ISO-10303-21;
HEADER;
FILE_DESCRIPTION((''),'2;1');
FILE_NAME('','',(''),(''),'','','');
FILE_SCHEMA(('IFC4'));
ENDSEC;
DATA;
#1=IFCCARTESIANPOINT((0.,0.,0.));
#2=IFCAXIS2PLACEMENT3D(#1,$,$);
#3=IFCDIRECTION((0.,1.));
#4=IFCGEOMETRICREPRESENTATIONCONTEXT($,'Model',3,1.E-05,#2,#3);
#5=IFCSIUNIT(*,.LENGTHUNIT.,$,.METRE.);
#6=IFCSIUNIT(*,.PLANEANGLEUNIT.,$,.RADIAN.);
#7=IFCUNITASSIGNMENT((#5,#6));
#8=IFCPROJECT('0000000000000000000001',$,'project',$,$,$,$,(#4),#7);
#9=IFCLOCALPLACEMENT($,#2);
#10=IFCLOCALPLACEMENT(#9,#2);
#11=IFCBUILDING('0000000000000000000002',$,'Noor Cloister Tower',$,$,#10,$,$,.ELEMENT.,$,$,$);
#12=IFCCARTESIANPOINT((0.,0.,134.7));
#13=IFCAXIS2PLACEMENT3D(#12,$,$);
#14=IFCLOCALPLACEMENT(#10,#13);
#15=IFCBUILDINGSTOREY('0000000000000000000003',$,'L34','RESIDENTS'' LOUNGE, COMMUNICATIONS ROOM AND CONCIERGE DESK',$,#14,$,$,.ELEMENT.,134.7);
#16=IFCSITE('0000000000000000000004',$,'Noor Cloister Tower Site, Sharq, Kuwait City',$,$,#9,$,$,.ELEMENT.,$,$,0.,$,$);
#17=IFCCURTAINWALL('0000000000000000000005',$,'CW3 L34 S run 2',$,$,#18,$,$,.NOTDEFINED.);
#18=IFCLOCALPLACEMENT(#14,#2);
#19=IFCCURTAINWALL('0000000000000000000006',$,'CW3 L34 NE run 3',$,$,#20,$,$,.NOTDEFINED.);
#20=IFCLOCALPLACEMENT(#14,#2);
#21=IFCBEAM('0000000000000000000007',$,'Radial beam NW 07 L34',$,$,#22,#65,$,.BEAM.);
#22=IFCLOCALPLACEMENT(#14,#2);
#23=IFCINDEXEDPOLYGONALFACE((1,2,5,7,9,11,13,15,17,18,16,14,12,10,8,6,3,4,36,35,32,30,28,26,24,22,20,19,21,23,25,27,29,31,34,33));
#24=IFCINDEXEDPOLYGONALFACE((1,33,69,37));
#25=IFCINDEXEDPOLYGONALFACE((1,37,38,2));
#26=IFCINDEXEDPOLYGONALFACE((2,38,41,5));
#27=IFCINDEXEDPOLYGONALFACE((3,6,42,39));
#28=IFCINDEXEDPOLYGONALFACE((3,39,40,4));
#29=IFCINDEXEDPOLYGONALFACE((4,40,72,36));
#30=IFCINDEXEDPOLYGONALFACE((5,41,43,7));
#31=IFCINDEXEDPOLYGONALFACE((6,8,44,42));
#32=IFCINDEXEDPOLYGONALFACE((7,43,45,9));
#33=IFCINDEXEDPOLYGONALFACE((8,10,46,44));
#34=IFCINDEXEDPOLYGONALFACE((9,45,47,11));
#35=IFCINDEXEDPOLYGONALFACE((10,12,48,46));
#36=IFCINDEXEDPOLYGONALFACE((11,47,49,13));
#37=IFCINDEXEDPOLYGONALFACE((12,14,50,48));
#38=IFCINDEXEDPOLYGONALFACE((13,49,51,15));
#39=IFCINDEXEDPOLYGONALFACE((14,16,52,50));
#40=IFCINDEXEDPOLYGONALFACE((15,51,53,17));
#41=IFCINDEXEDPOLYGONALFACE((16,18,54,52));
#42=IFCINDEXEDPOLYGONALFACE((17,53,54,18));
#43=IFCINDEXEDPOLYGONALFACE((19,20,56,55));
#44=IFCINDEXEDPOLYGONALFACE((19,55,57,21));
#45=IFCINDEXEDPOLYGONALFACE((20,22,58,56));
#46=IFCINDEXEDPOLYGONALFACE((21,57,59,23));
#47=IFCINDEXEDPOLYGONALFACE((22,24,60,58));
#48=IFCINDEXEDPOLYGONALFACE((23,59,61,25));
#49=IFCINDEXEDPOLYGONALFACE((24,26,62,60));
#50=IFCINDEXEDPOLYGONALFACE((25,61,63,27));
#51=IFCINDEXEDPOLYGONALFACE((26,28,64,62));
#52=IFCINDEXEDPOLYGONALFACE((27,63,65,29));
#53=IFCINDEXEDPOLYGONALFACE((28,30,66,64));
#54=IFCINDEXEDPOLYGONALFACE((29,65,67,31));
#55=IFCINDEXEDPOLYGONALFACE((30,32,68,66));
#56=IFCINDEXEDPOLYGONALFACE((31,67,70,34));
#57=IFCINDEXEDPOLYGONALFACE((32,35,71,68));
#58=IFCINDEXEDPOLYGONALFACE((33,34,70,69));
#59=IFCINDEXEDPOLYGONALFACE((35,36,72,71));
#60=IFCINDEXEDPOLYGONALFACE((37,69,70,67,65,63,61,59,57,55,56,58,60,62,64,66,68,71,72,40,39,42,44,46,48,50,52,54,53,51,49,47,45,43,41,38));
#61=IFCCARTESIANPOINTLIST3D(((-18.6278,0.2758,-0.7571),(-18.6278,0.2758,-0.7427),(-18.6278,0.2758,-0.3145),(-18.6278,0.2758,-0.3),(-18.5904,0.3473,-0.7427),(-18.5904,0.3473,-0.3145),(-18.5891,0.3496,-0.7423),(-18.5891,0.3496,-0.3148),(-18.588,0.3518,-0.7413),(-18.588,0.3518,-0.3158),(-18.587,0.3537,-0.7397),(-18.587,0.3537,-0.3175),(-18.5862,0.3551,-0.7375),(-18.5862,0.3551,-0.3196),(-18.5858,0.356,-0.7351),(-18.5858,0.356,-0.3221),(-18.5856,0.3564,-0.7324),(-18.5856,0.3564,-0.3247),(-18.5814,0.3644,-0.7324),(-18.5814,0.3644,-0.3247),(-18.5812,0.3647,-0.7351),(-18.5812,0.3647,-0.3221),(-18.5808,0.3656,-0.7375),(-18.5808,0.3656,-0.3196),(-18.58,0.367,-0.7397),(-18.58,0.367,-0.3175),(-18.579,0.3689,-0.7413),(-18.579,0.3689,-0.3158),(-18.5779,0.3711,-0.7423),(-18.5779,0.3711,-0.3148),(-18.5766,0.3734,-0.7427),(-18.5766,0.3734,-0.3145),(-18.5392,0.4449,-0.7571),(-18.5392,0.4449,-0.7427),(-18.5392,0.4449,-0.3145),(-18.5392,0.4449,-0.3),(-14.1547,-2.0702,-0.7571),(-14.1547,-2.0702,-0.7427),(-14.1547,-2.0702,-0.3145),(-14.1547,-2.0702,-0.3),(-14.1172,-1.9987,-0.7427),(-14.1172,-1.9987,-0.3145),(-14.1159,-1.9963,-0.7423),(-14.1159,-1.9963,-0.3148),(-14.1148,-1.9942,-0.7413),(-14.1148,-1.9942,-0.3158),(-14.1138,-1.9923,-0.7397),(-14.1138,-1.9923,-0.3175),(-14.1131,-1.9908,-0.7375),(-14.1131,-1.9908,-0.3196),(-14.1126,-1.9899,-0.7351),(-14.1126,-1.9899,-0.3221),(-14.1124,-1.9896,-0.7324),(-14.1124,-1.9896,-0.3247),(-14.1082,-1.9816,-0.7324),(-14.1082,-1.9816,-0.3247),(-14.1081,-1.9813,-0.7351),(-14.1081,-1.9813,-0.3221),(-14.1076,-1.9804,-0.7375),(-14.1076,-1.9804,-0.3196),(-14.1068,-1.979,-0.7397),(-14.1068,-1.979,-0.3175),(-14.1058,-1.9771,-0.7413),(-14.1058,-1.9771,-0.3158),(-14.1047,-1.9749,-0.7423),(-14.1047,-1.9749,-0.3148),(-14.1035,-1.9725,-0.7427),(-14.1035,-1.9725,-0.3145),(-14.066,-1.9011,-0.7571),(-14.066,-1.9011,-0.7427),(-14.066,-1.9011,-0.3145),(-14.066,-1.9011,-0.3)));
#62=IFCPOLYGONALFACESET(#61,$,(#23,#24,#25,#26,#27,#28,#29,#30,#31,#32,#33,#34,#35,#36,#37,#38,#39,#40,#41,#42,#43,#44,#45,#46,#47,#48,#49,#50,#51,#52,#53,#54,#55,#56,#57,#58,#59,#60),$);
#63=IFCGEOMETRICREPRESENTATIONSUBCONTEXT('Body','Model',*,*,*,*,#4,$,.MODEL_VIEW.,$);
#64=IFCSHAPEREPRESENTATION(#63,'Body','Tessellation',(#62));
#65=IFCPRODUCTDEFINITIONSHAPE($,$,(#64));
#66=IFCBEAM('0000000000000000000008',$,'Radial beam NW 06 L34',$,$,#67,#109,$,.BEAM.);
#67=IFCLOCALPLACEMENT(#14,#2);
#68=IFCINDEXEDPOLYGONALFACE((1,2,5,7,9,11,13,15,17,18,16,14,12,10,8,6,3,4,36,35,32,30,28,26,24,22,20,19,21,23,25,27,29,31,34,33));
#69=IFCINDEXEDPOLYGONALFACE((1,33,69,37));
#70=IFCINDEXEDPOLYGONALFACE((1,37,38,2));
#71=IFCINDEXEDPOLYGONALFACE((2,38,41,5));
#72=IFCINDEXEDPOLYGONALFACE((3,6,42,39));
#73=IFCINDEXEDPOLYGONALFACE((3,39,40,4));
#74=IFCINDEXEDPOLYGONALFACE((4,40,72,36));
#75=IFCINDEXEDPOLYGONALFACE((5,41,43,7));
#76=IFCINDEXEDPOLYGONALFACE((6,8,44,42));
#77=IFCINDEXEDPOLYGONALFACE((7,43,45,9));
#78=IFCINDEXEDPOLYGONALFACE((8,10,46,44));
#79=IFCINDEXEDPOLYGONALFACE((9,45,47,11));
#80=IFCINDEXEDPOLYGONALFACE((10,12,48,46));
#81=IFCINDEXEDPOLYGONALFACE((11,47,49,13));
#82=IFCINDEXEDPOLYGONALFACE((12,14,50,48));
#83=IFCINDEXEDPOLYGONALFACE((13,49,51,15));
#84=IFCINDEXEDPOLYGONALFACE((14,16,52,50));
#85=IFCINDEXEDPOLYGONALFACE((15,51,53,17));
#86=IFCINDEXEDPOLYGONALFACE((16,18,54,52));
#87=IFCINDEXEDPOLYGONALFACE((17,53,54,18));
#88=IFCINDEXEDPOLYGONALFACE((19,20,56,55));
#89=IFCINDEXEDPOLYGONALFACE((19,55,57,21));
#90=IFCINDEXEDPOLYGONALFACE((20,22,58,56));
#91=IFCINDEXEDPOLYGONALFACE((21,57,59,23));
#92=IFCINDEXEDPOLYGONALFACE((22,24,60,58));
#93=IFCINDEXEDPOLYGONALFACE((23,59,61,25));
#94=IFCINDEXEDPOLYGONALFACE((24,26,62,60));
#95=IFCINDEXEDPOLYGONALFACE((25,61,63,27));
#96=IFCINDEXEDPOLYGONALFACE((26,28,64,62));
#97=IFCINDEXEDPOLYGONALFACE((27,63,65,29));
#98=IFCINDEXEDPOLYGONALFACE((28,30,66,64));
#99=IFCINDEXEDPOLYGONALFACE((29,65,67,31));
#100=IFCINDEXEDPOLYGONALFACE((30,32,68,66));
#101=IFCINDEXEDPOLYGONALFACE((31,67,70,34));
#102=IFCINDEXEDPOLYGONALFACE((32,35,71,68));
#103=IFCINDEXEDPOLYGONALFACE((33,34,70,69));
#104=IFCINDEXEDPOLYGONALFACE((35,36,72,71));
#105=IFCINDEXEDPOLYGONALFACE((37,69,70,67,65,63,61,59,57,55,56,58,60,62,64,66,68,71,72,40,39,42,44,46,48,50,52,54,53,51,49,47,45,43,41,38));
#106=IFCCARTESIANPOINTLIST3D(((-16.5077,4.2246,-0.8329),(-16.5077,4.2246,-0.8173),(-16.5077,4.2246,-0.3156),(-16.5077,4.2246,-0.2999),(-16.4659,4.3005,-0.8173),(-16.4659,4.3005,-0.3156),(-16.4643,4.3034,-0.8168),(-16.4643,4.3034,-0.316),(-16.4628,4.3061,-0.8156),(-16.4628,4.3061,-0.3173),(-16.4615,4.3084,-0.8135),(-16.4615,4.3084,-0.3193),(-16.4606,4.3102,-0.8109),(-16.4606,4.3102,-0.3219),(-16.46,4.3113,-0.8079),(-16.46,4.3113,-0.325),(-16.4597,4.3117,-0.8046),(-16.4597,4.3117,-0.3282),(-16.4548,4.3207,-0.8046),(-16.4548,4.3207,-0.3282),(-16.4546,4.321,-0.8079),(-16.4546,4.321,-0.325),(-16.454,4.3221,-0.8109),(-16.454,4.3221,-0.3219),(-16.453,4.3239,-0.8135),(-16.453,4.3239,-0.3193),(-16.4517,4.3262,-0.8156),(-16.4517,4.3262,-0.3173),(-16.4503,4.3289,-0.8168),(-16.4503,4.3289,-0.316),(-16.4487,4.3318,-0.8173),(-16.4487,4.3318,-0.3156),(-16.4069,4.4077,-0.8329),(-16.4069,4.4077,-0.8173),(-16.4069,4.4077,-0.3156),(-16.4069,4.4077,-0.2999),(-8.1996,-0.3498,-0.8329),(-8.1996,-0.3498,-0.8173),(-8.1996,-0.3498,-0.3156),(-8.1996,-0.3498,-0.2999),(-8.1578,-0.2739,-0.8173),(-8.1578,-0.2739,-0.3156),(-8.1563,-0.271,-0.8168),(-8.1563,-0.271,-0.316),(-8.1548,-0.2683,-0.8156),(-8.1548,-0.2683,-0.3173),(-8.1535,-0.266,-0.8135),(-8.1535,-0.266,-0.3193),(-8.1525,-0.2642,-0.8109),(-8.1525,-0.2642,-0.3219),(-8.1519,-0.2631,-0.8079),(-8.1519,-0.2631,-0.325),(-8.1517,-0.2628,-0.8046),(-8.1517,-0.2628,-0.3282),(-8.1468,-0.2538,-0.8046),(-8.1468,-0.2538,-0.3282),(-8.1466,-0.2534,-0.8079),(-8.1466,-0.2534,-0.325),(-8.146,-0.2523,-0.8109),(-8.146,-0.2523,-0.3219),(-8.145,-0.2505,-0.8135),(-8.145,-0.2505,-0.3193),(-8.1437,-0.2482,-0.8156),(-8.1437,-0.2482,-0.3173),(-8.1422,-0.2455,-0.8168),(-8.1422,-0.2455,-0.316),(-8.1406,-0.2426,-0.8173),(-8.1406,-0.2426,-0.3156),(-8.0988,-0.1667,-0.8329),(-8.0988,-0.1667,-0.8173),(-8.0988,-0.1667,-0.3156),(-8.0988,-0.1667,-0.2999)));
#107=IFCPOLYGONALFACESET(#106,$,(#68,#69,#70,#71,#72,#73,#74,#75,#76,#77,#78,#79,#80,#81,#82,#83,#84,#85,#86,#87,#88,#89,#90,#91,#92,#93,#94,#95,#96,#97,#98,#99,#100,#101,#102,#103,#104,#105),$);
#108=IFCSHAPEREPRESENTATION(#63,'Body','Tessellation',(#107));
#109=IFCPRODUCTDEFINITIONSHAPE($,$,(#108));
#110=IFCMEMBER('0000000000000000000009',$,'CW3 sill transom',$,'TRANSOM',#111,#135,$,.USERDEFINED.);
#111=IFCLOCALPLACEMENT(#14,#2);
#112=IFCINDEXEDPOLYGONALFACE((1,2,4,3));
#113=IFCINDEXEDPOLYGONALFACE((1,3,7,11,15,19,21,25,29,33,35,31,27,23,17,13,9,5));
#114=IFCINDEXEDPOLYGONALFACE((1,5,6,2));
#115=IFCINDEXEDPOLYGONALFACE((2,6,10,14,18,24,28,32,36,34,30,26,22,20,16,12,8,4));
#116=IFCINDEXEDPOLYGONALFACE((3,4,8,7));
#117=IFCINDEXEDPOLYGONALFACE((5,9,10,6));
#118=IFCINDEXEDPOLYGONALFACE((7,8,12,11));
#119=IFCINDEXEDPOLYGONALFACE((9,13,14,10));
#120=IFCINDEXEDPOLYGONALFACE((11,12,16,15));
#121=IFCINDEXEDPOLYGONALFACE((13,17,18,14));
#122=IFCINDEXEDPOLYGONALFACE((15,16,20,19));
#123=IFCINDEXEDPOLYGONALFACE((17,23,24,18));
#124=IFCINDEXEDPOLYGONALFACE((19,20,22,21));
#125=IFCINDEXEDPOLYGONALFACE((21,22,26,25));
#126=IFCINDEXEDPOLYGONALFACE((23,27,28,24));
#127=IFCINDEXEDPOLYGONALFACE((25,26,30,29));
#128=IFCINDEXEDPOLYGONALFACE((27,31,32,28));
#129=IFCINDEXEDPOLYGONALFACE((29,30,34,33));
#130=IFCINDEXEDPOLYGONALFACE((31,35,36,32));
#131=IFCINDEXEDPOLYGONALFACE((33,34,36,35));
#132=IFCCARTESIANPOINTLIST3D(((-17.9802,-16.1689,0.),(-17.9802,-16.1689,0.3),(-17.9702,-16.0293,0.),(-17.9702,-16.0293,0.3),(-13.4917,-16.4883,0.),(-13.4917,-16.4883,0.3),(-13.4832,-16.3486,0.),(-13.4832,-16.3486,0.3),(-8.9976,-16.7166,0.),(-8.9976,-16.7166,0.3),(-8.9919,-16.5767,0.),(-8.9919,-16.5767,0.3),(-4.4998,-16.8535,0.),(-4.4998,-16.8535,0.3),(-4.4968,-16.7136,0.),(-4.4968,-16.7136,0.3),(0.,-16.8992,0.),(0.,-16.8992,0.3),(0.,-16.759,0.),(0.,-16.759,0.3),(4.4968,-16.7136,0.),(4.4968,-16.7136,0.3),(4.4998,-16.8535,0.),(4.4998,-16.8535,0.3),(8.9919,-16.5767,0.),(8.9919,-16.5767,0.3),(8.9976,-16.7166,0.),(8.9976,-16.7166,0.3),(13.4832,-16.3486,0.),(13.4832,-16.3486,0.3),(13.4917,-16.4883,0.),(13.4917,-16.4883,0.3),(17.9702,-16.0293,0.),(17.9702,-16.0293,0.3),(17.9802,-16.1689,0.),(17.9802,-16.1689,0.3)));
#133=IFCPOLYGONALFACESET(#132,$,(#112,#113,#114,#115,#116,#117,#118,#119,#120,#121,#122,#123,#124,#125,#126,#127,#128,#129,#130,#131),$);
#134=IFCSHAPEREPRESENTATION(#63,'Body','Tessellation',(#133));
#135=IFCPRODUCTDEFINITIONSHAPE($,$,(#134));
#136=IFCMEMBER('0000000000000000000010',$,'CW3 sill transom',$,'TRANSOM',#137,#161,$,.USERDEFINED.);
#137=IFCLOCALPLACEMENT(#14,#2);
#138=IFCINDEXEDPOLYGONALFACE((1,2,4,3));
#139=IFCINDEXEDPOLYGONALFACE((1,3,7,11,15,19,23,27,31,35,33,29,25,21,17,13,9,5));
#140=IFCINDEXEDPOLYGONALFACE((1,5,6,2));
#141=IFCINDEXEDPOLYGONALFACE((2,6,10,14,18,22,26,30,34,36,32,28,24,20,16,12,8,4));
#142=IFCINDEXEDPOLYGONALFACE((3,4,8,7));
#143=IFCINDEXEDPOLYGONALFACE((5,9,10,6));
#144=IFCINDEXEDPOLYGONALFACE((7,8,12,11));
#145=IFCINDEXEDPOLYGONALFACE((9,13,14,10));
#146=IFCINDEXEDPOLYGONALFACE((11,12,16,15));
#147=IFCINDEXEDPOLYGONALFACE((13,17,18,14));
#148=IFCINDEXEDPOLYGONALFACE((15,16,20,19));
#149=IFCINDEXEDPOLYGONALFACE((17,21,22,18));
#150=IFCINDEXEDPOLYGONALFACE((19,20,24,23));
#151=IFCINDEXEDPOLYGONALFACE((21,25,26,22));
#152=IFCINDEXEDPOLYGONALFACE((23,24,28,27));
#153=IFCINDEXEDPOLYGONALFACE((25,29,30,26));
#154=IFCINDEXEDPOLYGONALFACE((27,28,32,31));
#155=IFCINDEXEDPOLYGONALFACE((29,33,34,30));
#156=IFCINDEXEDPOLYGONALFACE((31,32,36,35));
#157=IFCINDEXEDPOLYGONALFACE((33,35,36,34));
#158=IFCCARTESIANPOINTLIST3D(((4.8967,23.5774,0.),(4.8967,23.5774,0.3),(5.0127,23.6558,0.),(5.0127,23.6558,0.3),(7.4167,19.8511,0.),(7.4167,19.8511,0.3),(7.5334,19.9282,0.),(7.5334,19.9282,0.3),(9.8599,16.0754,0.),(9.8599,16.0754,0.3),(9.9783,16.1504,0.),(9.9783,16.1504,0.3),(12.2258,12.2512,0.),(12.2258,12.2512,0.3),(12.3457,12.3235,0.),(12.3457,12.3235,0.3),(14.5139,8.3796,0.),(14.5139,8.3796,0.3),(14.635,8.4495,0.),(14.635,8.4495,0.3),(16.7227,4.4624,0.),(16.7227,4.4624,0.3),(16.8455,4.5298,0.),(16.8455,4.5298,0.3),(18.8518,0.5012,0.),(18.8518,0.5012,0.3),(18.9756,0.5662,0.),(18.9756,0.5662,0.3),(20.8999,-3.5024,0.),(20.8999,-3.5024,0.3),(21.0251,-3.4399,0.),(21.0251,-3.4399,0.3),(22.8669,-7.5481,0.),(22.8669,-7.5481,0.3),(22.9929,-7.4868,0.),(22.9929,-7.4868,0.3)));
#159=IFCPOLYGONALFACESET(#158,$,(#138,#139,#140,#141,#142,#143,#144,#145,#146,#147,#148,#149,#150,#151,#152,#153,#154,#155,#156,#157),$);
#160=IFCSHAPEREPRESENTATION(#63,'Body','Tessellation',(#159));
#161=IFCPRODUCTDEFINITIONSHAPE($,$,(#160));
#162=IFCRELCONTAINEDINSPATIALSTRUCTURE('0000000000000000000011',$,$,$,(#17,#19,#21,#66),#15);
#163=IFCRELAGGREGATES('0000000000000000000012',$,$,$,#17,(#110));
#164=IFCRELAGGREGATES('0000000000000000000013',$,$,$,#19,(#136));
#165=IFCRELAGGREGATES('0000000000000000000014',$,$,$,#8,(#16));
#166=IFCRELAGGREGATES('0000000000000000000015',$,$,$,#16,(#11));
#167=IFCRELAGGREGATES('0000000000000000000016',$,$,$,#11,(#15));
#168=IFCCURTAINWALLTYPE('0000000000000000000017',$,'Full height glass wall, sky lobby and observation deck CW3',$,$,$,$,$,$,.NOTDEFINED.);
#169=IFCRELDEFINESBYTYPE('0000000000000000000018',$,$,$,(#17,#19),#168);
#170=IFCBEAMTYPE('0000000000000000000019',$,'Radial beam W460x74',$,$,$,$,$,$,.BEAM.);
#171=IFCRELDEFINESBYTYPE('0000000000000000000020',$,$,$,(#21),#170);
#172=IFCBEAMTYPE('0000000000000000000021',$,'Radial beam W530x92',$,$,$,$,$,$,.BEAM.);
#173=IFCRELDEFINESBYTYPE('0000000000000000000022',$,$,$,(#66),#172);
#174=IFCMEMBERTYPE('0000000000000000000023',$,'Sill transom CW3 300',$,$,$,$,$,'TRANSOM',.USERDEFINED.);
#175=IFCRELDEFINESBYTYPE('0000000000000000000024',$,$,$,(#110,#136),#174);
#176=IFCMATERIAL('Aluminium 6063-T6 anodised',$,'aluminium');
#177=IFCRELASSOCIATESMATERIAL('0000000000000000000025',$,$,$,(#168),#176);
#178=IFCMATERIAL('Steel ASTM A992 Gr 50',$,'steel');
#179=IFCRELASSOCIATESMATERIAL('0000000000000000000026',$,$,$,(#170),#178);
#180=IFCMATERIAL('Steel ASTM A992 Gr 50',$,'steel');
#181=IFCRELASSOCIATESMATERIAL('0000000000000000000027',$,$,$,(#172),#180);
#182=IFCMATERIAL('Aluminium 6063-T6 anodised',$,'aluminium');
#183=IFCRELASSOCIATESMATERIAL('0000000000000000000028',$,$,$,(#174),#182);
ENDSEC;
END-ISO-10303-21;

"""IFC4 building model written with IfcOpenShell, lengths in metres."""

from ifc_helpers import new_model, si_unit, direction, frame, origin, origin_2d, place, context, subcontext, project, spatial, polyline, i_section, outline, extrude, material, material_profile, profile_set, type_object, element, aggregate, save


model = new_model("IFC4")

# Units and contexts
model_context = context("Model", 3, precision=1e-05, world=origin(), true_north=direction((0.0, 1.0)))
body_context = subcontext(model_context, "Body", "Model", "MODEL_VIEW")
ifc_project = project(units=[si_unit("LENGTHUNIT", "METRE"), si_unit("PLANEANGLEUNIT", "RADIAN")], contexts=[model_context])

# Site, building, storey
site_placement = place(None, origin())
site = spatial("IfcSite", under=ifc_project, at=site_placement, Name="Noor Cloister Tower Site, Sharq, Kuwait City", CompositionType="ELEMENT", RefElevation=0.0)
building_placement = place(site_placement, origin())
building = spatial("IfcBuilding", under=site, at=building_placement, Name="Noor Cloister Tower", CompositionType="ELEMENT")
storey_placement = place(building_placement, frame((0.0, 0.0, 134.7)))
storey = spatial("IfcBuildingStorey", under=building, at=storey_placement, Name="L34", Description="RESIDENTS' LOUNGE, COMMUNICATIONS ROOM AND CONCIERGE DESK", CompositionType="ELEMENT", Elevation=134.7)

# Curtain walls
ifc_material_1 = material(Name="Aluminium 6063-T6 anodised", Category="aluminium")
curtain_wall_type = type_object("IfcCurtainWallType", Name="Full height glass wall, sky lobby and observation deck CW3", PredefinedType="NOTDEFINED", material=ifc_material_1)
curtain_wall_1_placement = place(storey_placement, origin())
curtain_wall_1 = element("IfcCurtainWall", 1, at=curtain_wall_1_placement, inside=storey, type_object=curtain_wall_type, Name="CW3 L34 S run 2", PredefinedType="NOTDEFINED")
curtain_wall_2_placement = place(storey_placement, origin())
curtain_wall_2 = element("IfcCurtainWall", 2, at=curtain_wall_2_placement, inside=storey, type_object=curtain_wall_type, Name="CW3 L34 NE run 3", PredefinedType="NOTDEFINED")

# Beams
ifc_material_2 = material(Name="Steel ASTM A992 Gr 50", Category="steel")
ifc_material_profile_1 = material_profile(ifc_material_2, i_section(OverallWidth=0.1909, OverallDepth=0.457, WebThickness=0.009, FlangeThickness=0.0144, FilletRadius=0.0103, at=origin_2d()), Name="W460x74")
ifc_profile_set_1 = profile_set([ifc_material_profile_1], Name="Steel ASTM A992 Gr 50")
beam_type_1 = type_object("IfcBeamType", Name="Radial beam W460x74", PredefinedType="BEAM", material=ifc_profile_set_1)
beam_1_placement = place(storey_placement, frame((-18.5835, 0.3604, -0.5286), z_axis=(0.885598, -0.464453, 0.0), x_axis=(0.464453, 0.885598, 0.0)))
element("IfcBeam", 3, at=beam_1_placement, inside=storey, type_object=beam_type_1, Name="Radial beam NW 07 L34", PredefinedType="BEAM", context=body_context, shape_type="SweptSolid", body=[
    extrude(i_section(OverallWidth=0.1909, OverallDepth=0.457, WebThickness=0.009, FlangeThickness=0.0144, FilletRadius=0.0103, at=origin_2d()), origin(), (0.0, 0.0, 1.0), 5.051),
])
ifc_material_3 = material(Name="Steel ASTM A992 Gr 50", Category="steel")
ifc_material_profile_2 = material_profile(ifc_material_3, i_section(OverallWidth=0.209, OverallDepth=0.533, WebThickness=0.0103, FlangeThickness=0.0156, FilletRadius=0.0127, at=origin_2d()), Name="W530x92")
ifc_profile_set_2 = profile_set([ifc_material_profile_2], Name="Steel ASTM A992 Gr 50")
beam_type_2 = type_object("IfcBeamType", Name="Radial beam W530x92", PredefinedType="BEAM", material=ifc_profile_set_2)
beam_2_placement = place(storey_placement, frame((-16.4573, 4.3162, -0.5664), z_axis=(0.875993, -0.482324, 0.0), x_axis=(0.482324, 0.875993, 0.0)))
element("IfcBeam", 4, at=beam_2_placement, inside=storey, type_object=beam_type_2, Name="Radial beam NW 06 L34", PredefinedType="BEAM", context=body_context, shape_type="SweptSolid", body=[
    extrude(i_section(OverallWidth=0.209, OverallDepth=0.533, WebThickness=0.0103, FlangeThickness=0.0156, FilletRadius=0.0127, at=origin_2d()), origin(), (0.0, 0.0, 1.0), 9.4841),
])

# Members
ifc_material_4 = material(Name="Aluminium 6063-T6 anodised", Category="aluminium")
member_type_1 = type_object("IfcMemberType", Name="Sill transom CW3 300", ElementType="TRANSOM", PredefinedType="USERDEFINED", material=ifc_material_4)
member_1_placement = place(storey_placement, origin())
member_1 = element("IfcMember", 5, at=member_1_placement, type_object=member_type_1, Name="CW3 sill transom", ObjectType="TRANSOM", PredefinedType="USERDEFINED", context=body_context, shape_type="SweptSolid", body=[
    extrude(outline(polyline([(-17.9802, -16.1689), (-13.4917, -16.4883), (-8.9976, -16.7166), (-4.4998, -16.8535), (0.0, -16.8992), (4.4998, -16.8535), (8.9976, -16.7166), (13.4917, -16.4883), (17.9802, -16.1689), (17.9702, -16.0293), (13.4832, -16.3486), (8.9919, -16.5767), (4.4968, -16.7136), (0.0, -16.759), (-4.4968, -16.7136), (-8.9919, -16.5767), (-13.4832, -16.3486), (-17.9702, -16.0293), (-17.9802, -16.1689)])), origin(), (0.0, 0.0, 1.0), 0.3),
])
aggregate(curtain_wall_1, [member_1])
member_2_placement = place(storey_placement, origin())
member_2 = element("IfcMember", 6, at=member_2_placement, type_object=member_type_1, Name="CW3 sill transom", ObjectType="TRANSOM", PredefinedType="USERDEFINED", context=body_context, shape_type="SweptSolid", body=[
    extrude(outline(polyline([(22.9929, -7.4868), (21.0251, -3.4399), (18.9756, 0.5662), (16.8455, 4.5298), (14.635, 8.4495), (12.3457, 12.3235), (9.9783, 16.1504), (7.5334, 19.9282), (5.0127, 23.6558), (4.8967, 23.5774), (7.4167, 19.8511), (9.8599, 16.0754), (12.2258, 12.2512), (14.5139, 8.3796), (16.7227, 4.4624), (18.8518, 0.5012), (20.8999, -3.5024), (22.8669, -7.5481), (22.9929, -7.4868)])), origin(), (0.0, 0.0, 1.0), 0.3),
])
aggregate(curtain_wall_2, [member_2])

save(model, "model.ifc")
